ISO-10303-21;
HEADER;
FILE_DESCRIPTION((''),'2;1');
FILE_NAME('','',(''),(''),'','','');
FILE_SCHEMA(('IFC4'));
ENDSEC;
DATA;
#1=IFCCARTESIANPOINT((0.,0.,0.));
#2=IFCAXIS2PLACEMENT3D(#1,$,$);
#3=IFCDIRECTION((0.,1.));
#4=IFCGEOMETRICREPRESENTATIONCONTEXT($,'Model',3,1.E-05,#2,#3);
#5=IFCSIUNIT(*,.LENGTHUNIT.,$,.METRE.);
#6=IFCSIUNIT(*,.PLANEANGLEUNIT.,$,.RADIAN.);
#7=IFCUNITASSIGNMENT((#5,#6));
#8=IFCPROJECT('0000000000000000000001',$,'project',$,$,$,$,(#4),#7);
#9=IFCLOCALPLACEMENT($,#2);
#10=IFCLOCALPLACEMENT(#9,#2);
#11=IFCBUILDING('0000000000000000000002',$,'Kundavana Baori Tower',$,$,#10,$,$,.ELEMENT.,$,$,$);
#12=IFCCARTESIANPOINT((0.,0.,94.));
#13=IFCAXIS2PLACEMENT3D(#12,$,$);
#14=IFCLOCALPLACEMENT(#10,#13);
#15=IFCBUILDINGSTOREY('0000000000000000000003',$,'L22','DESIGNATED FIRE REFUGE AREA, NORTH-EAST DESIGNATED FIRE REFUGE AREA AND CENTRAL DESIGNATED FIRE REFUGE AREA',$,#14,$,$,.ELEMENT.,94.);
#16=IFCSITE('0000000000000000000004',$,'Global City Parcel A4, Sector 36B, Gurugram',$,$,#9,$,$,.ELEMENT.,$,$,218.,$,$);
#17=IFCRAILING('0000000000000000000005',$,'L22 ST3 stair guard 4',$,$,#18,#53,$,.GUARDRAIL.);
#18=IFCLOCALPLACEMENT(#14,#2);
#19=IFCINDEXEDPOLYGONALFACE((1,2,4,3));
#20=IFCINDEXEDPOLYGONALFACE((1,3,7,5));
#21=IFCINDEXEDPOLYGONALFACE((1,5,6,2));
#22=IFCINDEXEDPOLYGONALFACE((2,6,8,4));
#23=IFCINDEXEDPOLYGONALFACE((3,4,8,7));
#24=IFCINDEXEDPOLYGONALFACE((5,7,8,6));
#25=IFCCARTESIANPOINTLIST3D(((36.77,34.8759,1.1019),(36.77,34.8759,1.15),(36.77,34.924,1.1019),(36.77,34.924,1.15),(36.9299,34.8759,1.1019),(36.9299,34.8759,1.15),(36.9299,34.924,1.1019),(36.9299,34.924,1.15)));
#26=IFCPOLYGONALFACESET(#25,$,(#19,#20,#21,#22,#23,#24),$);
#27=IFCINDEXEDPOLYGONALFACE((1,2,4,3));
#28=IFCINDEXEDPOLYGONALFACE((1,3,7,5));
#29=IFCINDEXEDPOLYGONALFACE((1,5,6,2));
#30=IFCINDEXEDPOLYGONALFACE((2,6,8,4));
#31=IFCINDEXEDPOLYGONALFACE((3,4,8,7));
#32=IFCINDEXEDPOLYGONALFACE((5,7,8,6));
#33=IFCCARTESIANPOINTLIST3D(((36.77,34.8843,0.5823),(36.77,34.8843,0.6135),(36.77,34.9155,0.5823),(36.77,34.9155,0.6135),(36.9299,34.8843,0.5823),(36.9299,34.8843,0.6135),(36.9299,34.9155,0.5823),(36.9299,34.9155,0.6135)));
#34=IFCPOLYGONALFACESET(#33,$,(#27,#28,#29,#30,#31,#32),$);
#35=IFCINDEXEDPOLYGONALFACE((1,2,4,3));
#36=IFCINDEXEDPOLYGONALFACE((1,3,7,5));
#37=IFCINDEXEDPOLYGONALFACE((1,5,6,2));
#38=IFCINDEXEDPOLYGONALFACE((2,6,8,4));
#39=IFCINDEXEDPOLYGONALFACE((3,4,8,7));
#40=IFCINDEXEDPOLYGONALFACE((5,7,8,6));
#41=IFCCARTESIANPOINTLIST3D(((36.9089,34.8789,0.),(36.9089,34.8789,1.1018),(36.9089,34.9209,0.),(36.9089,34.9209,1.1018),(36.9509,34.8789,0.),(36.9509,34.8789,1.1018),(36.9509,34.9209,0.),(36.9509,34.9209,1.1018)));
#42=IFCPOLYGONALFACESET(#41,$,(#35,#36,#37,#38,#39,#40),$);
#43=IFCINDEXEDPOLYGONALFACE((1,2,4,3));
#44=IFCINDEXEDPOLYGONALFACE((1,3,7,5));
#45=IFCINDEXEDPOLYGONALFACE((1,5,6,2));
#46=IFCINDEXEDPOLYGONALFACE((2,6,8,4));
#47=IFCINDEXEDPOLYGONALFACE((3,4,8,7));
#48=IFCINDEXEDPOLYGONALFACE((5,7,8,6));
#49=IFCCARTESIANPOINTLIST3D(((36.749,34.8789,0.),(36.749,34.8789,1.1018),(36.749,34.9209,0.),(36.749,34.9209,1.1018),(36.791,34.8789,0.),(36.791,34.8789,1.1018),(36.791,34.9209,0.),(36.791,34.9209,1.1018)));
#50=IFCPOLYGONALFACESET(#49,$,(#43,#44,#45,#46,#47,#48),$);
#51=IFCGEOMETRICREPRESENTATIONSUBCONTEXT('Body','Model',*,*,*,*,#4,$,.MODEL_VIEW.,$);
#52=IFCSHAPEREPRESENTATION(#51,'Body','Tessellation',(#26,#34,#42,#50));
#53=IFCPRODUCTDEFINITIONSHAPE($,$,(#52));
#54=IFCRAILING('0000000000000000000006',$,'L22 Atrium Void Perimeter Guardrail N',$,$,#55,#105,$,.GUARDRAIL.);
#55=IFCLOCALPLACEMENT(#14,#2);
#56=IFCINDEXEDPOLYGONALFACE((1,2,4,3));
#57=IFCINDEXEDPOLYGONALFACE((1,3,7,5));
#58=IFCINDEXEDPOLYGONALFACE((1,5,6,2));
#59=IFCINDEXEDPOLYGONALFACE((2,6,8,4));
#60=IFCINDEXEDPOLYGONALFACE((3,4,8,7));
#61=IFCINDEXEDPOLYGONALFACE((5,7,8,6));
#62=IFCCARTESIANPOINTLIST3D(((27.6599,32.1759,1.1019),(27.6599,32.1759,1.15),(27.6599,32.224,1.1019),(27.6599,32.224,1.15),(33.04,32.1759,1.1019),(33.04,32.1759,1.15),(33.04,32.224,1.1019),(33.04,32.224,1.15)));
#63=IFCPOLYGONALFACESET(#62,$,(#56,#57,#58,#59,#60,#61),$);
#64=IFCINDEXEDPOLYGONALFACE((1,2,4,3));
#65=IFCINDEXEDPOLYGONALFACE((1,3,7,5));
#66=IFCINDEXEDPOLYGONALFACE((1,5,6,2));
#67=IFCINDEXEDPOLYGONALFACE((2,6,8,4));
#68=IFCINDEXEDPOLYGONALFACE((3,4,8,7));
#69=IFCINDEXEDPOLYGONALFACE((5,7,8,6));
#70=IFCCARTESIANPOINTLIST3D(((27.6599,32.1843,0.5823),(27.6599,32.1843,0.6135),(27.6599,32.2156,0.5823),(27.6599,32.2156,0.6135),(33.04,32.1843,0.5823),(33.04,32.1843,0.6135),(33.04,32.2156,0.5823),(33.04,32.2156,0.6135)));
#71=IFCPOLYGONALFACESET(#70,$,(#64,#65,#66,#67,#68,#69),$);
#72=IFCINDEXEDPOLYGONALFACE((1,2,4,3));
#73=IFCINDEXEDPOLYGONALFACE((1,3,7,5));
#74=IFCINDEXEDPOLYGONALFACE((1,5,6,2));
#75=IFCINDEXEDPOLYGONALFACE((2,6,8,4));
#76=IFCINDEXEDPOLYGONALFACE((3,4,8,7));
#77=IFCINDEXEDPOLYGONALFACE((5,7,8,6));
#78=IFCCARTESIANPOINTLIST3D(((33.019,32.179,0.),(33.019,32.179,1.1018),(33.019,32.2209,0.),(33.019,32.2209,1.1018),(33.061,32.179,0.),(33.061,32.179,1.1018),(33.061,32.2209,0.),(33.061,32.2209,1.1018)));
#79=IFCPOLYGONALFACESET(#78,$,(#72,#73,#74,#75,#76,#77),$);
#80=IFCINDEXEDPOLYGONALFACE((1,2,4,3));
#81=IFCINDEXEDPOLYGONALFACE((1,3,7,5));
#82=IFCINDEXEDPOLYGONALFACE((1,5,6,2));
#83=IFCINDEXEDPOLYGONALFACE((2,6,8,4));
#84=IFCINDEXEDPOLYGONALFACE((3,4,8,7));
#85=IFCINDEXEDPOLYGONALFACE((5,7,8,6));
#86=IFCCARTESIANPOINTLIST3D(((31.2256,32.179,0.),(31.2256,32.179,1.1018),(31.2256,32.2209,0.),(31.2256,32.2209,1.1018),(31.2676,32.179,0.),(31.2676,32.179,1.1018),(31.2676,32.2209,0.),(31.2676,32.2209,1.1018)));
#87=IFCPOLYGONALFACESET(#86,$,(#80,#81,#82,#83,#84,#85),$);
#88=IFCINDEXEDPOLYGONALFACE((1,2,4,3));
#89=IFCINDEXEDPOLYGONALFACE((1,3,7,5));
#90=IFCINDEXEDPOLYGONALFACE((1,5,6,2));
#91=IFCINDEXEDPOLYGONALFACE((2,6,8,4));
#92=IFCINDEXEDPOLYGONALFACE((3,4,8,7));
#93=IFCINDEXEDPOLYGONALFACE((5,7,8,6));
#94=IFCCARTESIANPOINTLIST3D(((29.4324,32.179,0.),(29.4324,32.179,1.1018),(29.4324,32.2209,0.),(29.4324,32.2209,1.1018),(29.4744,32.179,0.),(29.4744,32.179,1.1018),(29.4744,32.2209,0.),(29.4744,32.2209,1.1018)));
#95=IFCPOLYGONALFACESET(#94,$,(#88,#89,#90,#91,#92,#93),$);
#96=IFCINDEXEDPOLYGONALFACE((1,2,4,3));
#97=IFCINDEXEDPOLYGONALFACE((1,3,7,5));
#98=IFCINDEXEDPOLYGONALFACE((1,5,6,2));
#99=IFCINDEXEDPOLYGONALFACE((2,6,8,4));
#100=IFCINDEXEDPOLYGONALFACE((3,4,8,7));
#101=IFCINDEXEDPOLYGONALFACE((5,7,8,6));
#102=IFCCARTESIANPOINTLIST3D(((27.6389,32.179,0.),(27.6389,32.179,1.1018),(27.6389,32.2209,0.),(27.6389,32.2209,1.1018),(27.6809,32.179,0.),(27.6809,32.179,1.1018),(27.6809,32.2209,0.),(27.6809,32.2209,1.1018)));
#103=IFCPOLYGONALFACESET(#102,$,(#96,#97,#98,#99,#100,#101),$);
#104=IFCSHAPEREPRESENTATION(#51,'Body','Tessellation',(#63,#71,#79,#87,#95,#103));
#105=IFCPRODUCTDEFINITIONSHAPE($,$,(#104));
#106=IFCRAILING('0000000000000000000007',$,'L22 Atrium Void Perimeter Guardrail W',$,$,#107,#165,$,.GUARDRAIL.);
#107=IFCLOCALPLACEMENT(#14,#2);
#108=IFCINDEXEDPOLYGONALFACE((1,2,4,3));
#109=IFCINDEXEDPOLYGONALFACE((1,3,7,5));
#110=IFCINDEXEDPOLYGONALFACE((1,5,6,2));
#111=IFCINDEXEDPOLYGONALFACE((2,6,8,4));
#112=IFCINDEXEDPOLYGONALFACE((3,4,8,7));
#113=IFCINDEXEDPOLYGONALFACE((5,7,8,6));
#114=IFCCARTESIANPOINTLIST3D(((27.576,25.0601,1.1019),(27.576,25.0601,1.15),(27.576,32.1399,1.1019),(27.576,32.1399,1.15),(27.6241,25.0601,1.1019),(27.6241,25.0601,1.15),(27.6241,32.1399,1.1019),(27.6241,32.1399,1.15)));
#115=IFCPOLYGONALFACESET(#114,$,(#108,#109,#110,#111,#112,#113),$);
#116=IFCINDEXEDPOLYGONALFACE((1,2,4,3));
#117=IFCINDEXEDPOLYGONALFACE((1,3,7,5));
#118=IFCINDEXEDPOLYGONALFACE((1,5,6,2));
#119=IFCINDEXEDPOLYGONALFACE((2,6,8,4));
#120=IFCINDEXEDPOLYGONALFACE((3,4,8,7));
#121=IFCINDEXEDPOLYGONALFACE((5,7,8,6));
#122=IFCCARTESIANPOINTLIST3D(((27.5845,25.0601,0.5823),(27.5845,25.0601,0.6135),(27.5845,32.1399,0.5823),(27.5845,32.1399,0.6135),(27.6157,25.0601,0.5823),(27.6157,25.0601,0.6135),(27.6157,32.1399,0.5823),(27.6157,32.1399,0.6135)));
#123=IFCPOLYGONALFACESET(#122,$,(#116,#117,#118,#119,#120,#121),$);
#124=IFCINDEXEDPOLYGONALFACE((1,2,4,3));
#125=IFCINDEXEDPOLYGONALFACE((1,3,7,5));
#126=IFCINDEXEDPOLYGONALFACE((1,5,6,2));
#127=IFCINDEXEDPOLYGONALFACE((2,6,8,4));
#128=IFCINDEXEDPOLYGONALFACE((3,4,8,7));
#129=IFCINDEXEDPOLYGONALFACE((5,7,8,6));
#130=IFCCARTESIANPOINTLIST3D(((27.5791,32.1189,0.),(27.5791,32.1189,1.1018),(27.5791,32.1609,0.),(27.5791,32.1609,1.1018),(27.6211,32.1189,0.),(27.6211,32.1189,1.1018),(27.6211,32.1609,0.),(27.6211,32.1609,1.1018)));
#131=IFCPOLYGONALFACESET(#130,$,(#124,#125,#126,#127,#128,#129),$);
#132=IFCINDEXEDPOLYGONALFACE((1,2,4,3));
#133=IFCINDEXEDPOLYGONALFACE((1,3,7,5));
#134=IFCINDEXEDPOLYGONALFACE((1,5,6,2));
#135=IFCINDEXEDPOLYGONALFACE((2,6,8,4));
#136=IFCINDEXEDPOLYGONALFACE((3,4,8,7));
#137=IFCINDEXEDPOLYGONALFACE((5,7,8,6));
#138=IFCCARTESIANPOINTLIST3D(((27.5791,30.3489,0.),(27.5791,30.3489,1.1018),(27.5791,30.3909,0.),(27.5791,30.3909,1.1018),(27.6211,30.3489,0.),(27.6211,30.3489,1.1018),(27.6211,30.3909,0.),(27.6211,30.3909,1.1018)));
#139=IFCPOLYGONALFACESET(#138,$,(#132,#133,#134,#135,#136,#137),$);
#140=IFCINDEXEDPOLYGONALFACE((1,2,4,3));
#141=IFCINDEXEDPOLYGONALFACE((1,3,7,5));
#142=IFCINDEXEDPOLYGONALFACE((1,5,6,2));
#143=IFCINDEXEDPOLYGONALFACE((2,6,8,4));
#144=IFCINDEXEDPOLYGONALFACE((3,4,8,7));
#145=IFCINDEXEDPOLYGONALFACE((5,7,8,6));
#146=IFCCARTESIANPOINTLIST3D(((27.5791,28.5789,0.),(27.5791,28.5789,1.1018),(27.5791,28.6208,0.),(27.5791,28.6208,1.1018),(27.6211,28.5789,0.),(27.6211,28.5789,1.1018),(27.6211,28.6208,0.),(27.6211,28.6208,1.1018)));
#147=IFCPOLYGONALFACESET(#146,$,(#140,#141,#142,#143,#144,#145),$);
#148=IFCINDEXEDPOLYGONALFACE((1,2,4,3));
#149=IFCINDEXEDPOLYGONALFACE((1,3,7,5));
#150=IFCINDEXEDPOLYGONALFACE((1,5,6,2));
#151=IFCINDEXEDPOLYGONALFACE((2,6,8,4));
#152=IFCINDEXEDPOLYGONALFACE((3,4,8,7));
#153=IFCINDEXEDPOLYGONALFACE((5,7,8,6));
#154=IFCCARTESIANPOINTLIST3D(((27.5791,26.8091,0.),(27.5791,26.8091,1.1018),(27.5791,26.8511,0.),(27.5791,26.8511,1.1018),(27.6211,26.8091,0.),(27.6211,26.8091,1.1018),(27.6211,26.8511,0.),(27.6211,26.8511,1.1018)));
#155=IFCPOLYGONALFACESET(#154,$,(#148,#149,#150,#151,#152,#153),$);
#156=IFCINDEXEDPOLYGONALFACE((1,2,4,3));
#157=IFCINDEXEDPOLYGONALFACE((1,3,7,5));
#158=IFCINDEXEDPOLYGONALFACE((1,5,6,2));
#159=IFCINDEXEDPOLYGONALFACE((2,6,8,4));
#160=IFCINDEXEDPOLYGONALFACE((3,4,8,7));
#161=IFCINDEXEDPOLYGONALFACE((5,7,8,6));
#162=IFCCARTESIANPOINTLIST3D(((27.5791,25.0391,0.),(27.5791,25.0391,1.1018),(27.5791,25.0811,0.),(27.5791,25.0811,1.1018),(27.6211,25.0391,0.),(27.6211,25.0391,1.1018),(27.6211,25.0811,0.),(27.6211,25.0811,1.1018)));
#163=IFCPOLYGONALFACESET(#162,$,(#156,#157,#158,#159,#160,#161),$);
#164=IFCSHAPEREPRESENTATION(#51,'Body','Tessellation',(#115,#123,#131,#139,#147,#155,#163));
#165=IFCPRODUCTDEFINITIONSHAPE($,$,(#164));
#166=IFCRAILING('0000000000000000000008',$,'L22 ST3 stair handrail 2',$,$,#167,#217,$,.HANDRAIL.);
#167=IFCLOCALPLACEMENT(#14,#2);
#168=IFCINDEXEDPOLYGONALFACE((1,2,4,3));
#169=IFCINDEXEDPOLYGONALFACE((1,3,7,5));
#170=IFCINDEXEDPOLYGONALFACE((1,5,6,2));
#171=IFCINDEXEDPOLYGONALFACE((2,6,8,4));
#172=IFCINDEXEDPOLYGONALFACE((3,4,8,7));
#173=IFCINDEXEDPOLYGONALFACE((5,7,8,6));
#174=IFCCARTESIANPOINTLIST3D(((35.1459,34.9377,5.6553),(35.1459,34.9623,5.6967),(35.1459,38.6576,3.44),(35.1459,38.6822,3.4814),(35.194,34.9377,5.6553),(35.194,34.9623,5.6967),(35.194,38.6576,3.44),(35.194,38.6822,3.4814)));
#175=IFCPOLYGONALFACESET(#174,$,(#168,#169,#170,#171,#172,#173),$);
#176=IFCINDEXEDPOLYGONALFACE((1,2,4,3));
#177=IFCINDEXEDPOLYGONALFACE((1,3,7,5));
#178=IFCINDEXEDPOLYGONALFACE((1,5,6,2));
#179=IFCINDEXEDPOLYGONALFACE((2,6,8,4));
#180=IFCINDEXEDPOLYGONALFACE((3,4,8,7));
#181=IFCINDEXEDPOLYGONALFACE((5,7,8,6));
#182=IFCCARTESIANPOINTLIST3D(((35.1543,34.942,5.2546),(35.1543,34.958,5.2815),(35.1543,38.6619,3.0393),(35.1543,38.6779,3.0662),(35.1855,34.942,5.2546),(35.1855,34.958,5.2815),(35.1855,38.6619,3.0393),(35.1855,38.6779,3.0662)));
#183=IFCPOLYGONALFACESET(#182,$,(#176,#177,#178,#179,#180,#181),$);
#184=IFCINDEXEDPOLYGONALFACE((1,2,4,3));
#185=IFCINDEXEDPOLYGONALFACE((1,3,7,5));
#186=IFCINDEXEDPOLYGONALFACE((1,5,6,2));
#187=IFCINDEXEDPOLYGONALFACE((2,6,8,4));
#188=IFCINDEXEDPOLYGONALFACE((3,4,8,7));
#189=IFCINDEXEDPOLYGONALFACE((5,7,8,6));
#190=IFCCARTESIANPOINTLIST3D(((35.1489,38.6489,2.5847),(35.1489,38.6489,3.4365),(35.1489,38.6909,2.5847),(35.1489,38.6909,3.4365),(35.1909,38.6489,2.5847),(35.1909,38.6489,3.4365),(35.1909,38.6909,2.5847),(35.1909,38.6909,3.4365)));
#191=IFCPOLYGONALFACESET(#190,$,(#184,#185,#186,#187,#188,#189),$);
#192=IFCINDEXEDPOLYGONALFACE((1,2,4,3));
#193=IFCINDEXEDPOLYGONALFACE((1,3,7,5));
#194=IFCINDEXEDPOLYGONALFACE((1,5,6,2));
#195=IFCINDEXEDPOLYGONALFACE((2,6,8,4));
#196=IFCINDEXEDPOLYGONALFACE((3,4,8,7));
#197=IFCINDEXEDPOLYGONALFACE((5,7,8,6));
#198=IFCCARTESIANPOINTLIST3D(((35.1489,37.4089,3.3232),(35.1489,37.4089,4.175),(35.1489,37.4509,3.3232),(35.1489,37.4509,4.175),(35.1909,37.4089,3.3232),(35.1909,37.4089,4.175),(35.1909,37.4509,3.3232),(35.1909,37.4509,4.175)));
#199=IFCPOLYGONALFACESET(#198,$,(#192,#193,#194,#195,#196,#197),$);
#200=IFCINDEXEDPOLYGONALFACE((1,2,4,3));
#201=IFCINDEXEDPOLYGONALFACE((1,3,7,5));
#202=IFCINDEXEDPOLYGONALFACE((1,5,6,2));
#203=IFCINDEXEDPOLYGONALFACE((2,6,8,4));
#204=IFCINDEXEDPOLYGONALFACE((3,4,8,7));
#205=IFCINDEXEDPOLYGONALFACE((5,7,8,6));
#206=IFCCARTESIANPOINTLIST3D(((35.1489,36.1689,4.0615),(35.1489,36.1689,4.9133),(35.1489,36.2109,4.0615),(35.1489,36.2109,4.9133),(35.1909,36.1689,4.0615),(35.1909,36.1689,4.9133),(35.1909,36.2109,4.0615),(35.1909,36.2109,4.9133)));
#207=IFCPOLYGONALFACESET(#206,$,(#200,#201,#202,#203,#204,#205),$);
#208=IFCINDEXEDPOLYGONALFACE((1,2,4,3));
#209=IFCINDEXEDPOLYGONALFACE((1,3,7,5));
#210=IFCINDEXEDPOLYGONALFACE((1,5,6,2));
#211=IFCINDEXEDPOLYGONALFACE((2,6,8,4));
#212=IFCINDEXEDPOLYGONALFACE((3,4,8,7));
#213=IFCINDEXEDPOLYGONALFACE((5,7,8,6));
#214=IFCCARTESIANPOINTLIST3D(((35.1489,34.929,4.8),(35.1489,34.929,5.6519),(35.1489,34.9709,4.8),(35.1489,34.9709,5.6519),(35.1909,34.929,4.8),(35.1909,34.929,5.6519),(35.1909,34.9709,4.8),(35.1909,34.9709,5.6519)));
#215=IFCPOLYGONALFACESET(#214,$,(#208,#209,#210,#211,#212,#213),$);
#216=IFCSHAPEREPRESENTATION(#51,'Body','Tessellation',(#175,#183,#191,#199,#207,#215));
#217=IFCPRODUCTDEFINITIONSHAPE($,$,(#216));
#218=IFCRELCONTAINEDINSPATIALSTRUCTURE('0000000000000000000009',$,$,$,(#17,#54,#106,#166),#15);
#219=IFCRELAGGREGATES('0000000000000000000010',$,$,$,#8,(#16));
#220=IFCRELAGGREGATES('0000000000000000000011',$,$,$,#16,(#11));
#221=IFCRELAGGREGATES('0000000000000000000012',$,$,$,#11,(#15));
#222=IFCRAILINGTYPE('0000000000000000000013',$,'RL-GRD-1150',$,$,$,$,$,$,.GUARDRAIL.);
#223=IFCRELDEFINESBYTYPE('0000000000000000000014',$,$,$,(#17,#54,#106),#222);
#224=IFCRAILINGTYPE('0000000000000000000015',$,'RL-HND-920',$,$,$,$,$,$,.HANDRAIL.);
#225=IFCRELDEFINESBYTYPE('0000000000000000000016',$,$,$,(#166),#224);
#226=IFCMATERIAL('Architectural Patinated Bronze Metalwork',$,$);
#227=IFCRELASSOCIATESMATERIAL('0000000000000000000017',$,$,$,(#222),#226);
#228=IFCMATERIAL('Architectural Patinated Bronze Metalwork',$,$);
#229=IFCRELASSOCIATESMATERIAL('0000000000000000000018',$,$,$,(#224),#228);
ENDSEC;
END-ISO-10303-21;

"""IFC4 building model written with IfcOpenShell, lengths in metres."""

from ifc_helpers import new_model, si_unit, direction, frame, origin, origin_2d, place, context, subcontext, project, spatial, rectangle, extrude, material, type_object, element, save


model = new_model("IFC4")

# Units and contexts
model_context = context("Model", 3, precision=1e-05, world=origin(), true_north=direction((0.0, 1.0)))
body_context = subcontext(model_context, "Body", "Model", "MODEL_VIEW")
ifc_project = project(units=[si_unit("LENGTHUNIT", "METRE"), si_unit("PLANEANGLEUNIT", "RADIAN")], contexts=[model_context])

# Site, building, storey
site_placement = place(None, origin())
site = spatial("IfcSite", under=ifc_project, at=site_placement, Name="Global City Parcel A4, Sector 36B, Gurugram", CompositionType="ELEMENT", RefElevation=218.0)
building_placement = place(site_placement, origin())
building = spatial("IfcBuilding", under=site, at=building_placement, Name="Kundavana Baori Tower", CompositionType="ELEMENT")
storey_placement = place(building_placement, frame((0.0, 0.0, 94.0)))
storey = spatial("IfcBuildingStorey", under=building, at=storey_placement, Name="L22", Description="DESIGNATED FIRE REFUGE AREA, NORTH-EAST DESIGNATED FIRE REFUGE AREA AND CENTRAL DESIGNATED FIRE REFUGE AREA", CompositionType="ELEMENT", Elevation=94.0)

# Railings
ifc_material_1 = material(Name="Architectural Patinated Bronze Metalwork")
railing_type_1 = type_object("IfcRailingType", Name="RL-GRD-1150", PredefinedType="GUARDRAIL", material=ifc_material_1)
railing_1_placement = place(storey_placement, frame((36.9299, 34.8999, 0.0)))
element("IfcRailing", 1, at=railing_1_placement, inside=storey, type_object=railing_type_1, Name="L22 ST3 stair guard 4", PredefinedType="GUARDRAIL", context=body_context, shape_type="SweptSolid", body=[
    extrude(rectangle(XDim=0.0481, YDim=0.0481, at=origin_2d()), frame((0.0, 0.0, 1.126), z_axis=(-1.0, 0.0, 0.0), x_axis=(0.0, -1.0, 0.0)), (0.0, 0.0, 1.0), 0.1599),
    extrude(rectangle(XDim=0.0312, YDim=0.0312, at=origin_2d()), frame((0.0, 0.0, 0.5979), z_axis=(-1.0, 0.0, 0.0), x_axis=(0.0, -1.0, 0.0)), (0.0, 0.0, 1.0), 0.1599),
    extrude(rectangle(XDim=0.042, YDim=0.042, at=origin_2d()), origin(), (0.0, 0.0, 1.0), 1.1018),
    extrude(rectangle(XDim=0.042, YDim=0.042, at=origin_2d()), frame((-0.1599, 0.0, 0.0)), (0.0, 0.0, 1.0), 1.1018),
])
railing_2_placement = place(storey_placement, frame((33.04, 32.2, 0.0)))
element("IfcRailing", 2, at=railing_2_placement, inside=storey, type_object=railing_type_1, Name="L22 Atrium Void Perimeter Guardrail N", PredefinedType="GUARDRAIL", context=body_context, shape_type="SweptSolid", body=[
    extrude(rectangle(XDim=0.0481, YDim=0.0481, at=origin_2d()), frame((0.0, 0.0, 1.126), z_axis=(-1.0, 0.0, 0.0), x_axis=(0.0, -1.0, 0.0)), (0.0, 0.0, 1.0), 5.3801),
    extrude(rectangle(XDim=0.0312, YDim=0.0312, at=origin_2d()), frame((0.0, 0.0, 0.5979), z_axis=(-1.0, 0.0, 0.0), x_axis=(0.0, -1.0, 0.0)), (0.0, 0.0, 1.0), 5.3801),
    extrude(rectangle(XDim=0.042, YDim=0.042, at=origin_2d()), origin(), (0.0, 0.0, 1.0), 1.1018),
    extrude(rectangle(XDim=0.042, YDim=0.042, at=origin_2d()), frame((-1.7935, 0.0, 0.0)), (0.0, 0.0, 1.0), 1.1018),
    extrude(rectangle(XDim=0.042, YDim=0.042, at=origin_2d()), frame((-3.5867, 0.0, 0.0)), (0.0, 0.0, 1.0), 1.1018),
    extrude(rectangle(XDim=0.042, YDim=0.042, at=origin_2d()), frame((-5.3801, 0.0, 0.0)), (0.0, 0.0, 1.0), 1.1018),
])
railing_3_placement = place(storey_placement, frame((27.6001, 32.1399, 0.0)))
element("IfcRailing", 3, at=railing_3_placement, inside=storey, type_object=railing_type_1, Name="L22 Atrium Void Perimeter Guardrail W", PredefinedType="GUARDRAIL", context=body_context, shape_type="SweptSolid", body=[
    extrude(rectangle(XDim=0.0481, YDim=0.0481, at=origin_2d()), frame((0.0, 0.0, 1.126), z_axis=(0.0, -1.0, 0.0), x_axis=(1.0, 0.0, 0.0)), (0.0, 0.0, 1.0), 7.0798),
    extrude(rectangle(XDim=0.0312, YDim=0.0312, at=origin_2d()), frame((0.0, 0.0, 0.5979), z_axis=(0.0, -1.0, 0.0), x_axis=(1.0, 0.0, 0.0)), (0.0, 0.0, 1.0), 7.0798),
    extrude(rectangle(XDim=0.042, YDim=0.042, at=origin_2d()), origin(), (0.0, 0.0, 1.0), 1.1018),
    extrude(rectangle(XDim=0.042, YDim=0.042, at=origin_2d()), frame((0.0, -1.77, 0.0)), (0.0, 0.0, 1.0), 1.1018),
    extrude(rectangle(XDim=0.042, YDim=0.042, at=origin_2d()), frame((0.0, -3.54, 0.0)), (0.0, 0.0, 1.0), 1.1018),
    extrude(rectangle(XDim=0.042, YDim=0.042, at=origin_2d()), frame((0.0, -5.3098, 0.0)), (0.0, 0.0, 1.0), 1.1018),
    extrude(rectangle(XDim=0.042, YDim=0.042, at=origin_2d()), frame((0.0, -7.0798, 0.0)), (0.0, 0.0, 1.0), 1.1018),
])
ifc_material_2 = material(Name="Architectural Patinated Bronze Metalwork")
railing_type_2 = type_object("IfcRailingType", Name="RL-HND-920", PredefinedType="HANDRAIL", material=ifc_material_2)
railing_4_placement = place(storey_placement, frame((35.1699, 38.6699, 2.5847)))
element("IfcRailing", 4, at=railing_4_placement, inside=storey, type_object=railing_type_2, Name="L22 ST3 stair handrail 2", PredefinedType="HANDRAIL", context=body_context, shape_type="SweptSolid", body=[
    extrude(rectangle(XDim=0.0481, YDim=0.0481, at=origin_2d()), frame((0.0, 0.0, 0.876), z_axis=(0.0, -0.859185, 0.511665), x_axis=(1.0, 0.0, 0.0)), (0.0, 0.0, 1.0), 4.3296),
    extrude(rectangle(XDim=0.0312, YDim=0.0312, at=origin_2d()), frame((0.0, 0.0, 0.468), z_axis=(0.0, -0.859185, 0.511665), x_axis=(1.0, 0.0, 0.0)), (0.0, 0.0, 1.0), 4.3296),
    extrude(rectangle(XDim=0.042, YDim=0.042, at=origin_2d()), origin(), (0.0, 0.0, 1.0), 0.8518),
    extrude(rectangle(XDim=0.042, YDim=0.042, at=origin_2d()), frame((0.0, -1.24, 0.7385)), (0.0, 0.0, 1.0), 0.8518),
    extrude(rectangle(XDim=0.042, YDim=0.042, at=origin_2d()), frame((0.0, -2.48, 1.4768)), (0.0, 0.0, 1.0), 0.8518),
    extrude(rectangle(XDim=0.042, YDim=0.042, at=origin_2d()), frame((0.0, -3.72, 2.2153)), (0.0, 0.0, 1.0), 0.8518),
])

save(model, "model.ifc")
